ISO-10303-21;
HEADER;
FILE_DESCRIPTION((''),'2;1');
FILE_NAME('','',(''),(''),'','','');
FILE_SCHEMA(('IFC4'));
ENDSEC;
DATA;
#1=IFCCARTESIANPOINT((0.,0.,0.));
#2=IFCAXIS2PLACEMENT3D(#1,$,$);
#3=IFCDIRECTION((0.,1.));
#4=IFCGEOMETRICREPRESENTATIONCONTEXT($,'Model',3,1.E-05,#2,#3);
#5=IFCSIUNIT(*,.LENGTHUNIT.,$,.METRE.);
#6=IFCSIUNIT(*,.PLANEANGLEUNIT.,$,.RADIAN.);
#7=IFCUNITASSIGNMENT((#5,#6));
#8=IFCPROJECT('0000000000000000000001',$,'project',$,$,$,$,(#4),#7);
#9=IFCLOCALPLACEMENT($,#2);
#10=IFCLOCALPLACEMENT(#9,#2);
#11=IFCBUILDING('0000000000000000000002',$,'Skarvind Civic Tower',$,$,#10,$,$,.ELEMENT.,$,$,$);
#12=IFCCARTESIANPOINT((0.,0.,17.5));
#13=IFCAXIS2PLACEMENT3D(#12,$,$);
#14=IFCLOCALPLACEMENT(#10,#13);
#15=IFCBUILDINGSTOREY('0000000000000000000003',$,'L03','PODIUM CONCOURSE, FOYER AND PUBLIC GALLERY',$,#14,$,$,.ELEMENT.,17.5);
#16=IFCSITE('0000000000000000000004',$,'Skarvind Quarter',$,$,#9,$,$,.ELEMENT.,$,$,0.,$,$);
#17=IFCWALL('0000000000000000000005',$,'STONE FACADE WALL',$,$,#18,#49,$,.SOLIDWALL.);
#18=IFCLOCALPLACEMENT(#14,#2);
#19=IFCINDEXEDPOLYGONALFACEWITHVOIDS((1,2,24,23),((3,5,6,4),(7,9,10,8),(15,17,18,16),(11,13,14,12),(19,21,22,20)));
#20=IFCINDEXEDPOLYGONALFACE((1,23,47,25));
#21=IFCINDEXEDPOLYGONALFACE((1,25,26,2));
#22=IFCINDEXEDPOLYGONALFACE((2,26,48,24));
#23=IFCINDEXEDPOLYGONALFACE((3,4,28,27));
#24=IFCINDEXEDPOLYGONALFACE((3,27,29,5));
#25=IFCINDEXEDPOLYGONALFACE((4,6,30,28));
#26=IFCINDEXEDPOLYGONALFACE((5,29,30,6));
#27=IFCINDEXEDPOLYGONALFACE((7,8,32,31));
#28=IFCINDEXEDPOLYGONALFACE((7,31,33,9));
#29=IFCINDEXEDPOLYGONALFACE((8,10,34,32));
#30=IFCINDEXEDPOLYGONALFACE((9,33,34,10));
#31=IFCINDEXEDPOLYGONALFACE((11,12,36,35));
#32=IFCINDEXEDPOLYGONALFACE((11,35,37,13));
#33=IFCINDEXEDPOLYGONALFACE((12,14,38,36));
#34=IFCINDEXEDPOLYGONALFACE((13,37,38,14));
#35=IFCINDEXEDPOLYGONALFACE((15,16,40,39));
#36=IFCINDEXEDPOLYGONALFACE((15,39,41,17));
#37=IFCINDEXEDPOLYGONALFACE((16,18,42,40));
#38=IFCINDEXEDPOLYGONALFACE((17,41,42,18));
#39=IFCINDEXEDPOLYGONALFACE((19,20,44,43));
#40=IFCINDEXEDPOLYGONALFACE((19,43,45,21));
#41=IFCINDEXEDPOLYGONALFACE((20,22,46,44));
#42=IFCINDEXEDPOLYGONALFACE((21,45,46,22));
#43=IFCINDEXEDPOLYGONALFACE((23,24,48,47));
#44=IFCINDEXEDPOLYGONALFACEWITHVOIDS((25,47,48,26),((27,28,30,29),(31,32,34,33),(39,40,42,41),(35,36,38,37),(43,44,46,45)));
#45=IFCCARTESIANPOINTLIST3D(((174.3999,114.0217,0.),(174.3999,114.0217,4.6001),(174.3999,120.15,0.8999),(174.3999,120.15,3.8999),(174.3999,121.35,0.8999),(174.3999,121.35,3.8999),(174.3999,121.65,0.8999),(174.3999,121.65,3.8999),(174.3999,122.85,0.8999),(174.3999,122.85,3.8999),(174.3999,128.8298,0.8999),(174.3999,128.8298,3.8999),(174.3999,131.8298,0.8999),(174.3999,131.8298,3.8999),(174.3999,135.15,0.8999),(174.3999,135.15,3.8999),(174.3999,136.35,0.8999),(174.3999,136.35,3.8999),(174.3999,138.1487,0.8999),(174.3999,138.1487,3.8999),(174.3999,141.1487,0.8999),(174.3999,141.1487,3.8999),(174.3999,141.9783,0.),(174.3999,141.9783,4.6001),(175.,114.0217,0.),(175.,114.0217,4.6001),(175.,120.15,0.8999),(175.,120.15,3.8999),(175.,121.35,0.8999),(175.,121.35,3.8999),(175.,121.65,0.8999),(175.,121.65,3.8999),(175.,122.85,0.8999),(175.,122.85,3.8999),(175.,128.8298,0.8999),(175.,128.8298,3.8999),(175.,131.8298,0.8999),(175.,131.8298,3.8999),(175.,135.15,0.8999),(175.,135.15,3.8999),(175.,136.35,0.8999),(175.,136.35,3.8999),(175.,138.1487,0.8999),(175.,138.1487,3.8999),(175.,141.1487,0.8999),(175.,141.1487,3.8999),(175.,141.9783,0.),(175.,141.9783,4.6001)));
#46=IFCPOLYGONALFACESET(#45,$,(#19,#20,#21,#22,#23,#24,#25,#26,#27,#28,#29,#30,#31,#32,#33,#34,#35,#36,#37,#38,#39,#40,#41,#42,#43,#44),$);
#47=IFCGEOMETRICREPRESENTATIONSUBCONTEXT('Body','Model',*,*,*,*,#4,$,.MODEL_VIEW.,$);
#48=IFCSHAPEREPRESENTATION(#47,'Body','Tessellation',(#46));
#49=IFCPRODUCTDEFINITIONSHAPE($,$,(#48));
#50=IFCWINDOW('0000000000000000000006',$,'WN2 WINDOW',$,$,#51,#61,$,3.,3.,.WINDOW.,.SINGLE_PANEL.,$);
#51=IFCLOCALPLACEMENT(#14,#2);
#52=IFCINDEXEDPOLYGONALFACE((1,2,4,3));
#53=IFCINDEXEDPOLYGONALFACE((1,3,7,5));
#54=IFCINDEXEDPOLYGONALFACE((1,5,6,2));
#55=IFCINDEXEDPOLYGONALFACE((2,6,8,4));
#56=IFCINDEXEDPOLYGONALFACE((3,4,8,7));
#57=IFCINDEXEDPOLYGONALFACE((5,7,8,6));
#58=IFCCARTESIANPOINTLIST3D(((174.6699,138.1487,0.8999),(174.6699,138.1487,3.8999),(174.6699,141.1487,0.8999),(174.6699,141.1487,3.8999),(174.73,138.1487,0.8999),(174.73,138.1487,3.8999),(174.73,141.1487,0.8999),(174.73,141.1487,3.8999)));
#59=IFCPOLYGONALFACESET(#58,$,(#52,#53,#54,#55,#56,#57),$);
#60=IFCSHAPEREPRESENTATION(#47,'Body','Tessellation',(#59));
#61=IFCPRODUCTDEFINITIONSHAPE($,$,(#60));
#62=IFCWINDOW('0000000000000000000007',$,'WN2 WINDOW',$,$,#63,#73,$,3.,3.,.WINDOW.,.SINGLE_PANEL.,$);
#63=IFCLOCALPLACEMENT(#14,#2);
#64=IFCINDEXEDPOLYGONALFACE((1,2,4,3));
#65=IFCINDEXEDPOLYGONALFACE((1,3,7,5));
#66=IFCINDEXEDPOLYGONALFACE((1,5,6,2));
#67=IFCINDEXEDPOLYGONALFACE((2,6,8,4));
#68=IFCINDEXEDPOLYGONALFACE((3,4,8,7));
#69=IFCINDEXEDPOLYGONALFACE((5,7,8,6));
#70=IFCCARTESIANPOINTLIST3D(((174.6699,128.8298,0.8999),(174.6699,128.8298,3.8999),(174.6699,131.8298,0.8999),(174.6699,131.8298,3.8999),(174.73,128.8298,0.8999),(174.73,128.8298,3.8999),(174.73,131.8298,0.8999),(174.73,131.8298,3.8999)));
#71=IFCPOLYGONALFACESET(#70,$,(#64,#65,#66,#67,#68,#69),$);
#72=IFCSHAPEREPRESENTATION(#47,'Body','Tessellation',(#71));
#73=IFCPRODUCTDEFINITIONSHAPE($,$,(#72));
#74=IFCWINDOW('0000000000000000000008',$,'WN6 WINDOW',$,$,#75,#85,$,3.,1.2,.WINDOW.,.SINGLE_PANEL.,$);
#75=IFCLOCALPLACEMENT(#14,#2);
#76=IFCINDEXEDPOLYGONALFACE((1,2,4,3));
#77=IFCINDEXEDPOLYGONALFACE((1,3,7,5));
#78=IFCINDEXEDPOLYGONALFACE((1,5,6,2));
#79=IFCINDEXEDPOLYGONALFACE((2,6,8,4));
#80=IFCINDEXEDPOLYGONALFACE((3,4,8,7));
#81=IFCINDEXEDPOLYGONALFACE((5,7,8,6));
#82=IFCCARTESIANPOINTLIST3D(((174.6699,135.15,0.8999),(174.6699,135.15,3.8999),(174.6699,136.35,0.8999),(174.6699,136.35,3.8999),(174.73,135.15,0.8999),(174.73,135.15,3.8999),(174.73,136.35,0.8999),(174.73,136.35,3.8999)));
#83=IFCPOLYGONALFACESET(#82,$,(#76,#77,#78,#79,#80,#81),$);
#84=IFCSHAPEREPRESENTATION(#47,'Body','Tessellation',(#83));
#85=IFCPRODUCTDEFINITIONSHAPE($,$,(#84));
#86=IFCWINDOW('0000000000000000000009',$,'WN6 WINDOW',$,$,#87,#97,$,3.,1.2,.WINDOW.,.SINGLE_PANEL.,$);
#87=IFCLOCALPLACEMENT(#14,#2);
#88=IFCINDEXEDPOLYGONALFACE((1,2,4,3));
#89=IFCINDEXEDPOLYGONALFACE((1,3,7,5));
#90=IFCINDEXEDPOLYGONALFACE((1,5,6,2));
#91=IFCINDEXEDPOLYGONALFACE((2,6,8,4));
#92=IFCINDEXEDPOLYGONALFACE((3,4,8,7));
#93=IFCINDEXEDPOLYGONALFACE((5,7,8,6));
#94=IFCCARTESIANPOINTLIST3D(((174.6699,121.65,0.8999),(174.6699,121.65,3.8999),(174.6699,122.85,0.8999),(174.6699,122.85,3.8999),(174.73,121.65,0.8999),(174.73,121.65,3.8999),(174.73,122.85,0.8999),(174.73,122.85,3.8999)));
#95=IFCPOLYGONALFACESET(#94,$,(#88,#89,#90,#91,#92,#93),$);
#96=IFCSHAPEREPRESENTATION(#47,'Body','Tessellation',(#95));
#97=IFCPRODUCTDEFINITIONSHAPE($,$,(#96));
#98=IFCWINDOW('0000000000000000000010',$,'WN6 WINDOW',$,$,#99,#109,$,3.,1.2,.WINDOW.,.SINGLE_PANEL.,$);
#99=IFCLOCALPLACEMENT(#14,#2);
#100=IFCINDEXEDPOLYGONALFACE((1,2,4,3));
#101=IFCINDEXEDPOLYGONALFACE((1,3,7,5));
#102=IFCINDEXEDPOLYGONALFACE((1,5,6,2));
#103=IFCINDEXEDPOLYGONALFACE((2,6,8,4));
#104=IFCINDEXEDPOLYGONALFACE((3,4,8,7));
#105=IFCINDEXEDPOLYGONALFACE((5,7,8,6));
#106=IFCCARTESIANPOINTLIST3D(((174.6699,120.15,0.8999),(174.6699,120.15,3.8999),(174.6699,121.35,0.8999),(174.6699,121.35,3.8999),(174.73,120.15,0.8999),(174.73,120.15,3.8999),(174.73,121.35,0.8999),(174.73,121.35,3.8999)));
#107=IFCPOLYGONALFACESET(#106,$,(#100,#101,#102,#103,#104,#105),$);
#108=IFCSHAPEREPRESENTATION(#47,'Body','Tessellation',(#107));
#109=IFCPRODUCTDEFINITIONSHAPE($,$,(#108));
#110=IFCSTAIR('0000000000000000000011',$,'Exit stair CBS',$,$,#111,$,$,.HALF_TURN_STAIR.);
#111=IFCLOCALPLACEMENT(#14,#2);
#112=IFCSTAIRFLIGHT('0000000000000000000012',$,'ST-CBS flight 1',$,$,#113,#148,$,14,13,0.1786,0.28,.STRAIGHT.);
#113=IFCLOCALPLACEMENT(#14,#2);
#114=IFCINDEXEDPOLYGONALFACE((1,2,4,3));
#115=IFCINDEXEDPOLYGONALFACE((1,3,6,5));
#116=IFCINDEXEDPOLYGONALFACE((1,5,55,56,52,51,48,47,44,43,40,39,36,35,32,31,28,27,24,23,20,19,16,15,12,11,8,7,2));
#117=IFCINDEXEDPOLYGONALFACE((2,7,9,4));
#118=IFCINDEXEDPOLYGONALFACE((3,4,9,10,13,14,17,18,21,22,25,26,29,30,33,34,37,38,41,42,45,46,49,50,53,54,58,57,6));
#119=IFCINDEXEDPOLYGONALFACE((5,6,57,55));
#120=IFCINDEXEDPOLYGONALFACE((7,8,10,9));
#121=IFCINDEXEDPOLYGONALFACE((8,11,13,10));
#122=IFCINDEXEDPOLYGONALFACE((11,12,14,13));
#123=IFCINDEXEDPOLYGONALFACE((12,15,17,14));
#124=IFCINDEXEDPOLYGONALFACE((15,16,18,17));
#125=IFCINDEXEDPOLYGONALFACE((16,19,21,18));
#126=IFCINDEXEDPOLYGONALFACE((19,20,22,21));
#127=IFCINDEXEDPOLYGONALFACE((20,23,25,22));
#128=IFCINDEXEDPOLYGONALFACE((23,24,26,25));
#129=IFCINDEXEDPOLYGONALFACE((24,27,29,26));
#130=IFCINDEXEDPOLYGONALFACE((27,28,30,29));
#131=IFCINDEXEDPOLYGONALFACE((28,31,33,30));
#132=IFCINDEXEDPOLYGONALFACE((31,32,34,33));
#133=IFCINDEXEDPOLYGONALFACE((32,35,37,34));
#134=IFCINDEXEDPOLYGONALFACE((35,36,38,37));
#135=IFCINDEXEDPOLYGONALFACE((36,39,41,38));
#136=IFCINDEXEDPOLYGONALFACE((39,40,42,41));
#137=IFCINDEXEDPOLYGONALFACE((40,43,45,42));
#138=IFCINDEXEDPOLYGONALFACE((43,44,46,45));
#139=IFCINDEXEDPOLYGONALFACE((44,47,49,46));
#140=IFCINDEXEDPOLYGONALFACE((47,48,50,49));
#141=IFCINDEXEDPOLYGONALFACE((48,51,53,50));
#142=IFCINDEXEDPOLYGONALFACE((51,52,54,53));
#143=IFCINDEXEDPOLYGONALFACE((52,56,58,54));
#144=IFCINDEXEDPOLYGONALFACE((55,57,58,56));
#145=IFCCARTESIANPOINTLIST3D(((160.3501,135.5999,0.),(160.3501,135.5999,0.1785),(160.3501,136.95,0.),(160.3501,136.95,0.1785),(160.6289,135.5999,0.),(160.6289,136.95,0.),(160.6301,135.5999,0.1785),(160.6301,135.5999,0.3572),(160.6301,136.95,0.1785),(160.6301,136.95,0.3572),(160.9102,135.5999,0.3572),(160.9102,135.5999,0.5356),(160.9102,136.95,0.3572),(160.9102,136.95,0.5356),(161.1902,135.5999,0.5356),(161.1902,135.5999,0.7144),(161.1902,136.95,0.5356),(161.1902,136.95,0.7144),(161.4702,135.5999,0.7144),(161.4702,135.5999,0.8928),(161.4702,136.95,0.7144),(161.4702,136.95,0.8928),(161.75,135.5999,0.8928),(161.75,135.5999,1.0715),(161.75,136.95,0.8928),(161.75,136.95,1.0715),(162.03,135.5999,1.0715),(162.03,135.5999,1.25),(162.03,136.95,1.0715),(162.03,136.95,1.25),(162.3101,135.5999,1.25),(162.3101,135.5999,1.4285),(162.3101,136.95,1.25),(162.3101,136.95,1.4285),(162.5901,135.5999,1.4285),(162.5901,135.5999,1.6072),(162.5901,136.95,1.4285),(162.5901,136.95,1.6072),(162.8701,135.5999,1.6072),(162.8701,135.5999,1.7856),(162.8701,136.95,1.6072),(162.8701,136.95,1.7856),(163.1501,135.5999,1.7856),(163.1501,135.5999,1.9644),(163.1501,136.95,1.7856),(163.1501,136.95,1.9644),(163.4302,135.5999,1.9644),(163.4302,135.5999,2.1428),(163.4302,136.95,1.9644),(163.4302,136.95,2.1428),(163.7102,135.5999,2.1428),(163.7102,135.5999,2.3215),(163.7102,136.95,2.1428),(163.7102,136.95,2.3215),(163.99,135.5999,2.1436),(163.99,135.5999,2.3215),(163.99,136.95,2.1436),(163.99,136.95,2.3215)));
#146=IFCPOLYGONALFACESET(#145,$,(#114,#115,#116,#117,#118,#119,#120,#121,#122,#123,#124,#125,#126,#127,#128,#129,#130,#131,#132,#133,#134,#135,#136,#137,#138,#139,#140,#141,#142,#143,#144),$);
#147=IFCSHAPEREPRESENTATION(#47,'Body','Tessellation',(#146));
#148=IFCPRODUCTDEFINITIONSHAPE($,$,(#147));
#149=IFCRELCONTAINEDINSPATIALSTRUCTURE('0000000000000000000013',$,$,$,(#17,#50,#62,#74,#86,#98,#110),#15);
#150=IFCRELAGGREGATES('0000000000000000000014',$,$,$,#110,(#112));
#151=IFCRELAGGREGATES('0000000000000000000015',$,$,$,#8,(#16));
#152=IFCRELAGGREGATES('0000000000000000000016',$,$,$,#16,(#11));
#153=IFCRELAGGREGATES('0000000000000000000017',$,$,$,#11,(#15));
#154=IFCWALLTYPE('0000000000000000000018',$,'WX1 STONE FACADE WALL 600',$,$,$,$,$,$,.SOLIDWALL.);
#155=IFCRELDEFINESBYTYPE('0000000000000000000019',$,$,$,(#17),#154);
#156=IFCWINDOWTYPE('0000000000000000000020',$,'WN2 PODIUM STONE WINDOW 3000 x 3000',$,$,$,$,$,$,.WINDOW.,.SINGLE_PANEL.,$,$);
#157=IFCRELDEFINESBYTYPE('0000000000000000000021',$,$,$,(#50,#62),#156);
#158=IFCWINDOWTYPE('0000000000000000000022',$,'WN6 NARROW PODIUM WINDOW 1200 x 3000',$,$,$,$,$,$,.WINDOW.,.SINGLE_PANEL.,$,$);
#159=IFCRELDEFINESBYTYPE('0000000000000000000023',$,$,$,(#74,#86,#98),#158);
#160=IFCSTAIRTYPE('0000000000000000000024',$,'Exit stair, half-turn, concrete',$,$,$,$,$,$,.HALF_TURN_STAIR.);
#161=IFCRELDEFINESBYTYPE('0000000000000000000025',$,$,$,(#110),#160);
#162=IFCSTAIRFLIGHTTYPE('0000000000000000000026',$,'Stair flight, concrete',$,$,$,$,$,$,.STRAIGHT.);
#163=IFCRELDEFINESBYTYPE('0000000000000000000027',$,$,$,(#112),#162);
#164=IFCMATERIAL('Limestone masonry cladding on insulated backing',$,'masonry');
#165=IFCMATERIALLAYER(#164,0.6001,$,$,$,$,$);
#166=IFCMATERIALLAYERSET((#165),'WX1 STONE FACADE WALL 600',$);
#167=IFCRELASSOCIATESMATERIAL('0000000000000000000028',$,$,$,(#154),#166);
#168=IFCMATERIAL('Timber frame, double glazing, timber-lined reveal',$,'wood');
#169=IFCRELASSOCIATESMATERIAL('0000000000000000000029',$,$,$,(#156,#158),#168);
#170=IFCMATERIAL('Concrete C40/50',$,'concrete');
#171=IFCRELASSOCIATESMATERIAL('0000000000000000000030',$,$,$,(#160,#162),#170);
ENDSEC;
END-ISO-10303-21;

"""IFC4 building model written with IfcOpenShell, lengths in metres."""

from ifc_helpers import new_model, si_unit, direction, frame, frame_2d, origin, place, context, subcontext, project, spatial, polyline, rectangle, outline, extrude, material, layer, layer_set, type_object, element, fill, aggregate, save


model = new_model("IFC4")

# Units and contexts
model_context = context("Model", 3, precision=1e-05, world=origin(), true_north=direction((0.0, 1.0)))
body_context = subcontext(model_context, "Body", "Model", "MODEL_VIEW")
ifc_project = project(units=[si_unit("LENGTHUNIT", "METRE"), si_unit("PLANEANGLEUNIT", "RADIAN")], contexts=[model_context])

# Site, building, storey
site_placement = place(None, origin())
site = spatial("IfcSite", under=ifc_project, at=site_placement, Name="Skarvind Quarter", CompositionType="ELEMENT", RefElevation=0.0)
building_placement = place(site_placement, origin())
building = spatial("IfcBuilding", under=site, at=building_placement, Name="Skarvind Civic Tower", CompositionType="ELEMENT")
storey_placement = place(building_placement, frame((0.0, 0.0, 17.5)))
storey = spatial("IfcBuildingStorey", under=building, at=storey_placement, Name="L03", Description="PODIUM CONCOURSE, FOYER AND PUBLIC GALLERY", CompositionType="ELEMENT", Elevation=17.5)

# Wall, openings, windows
ifc_material_1 = material(Name="Limestone masonry cladding on insulated backing", Category="masonry")
ifc_layer_1 = layer(ifc_material_1, 0.6001)
ifc_layer_set_1 = layer_set([ifc_layer_1], Name="WX1 STONE FACADE WALL 600")
wall_type_1 = type_object("IfcWallType", Name="WX1 STONE FACADE WALL 600", PredefinedType="SOLIDWALL", material=ifc_layer_set_1)
wall_1_placement = place(storey_placement, frame((174.7, 141.9783, 0.0), z_axis=(0.0, 0.0, 1.0), x_axis=(0.0, -1.0, 0.0)))
wall_1 = element("IfcWall", 1, at=wall_1_placement, inside=storey, type_object=wall_type_1, Name="STONE FACADE WALL", PredefinedType="SOLIDWALL", context=body_context, shape_type="SweptSolid", body=[
    extrude(rectangle(XDim=27.9565, YDim=0.6001, at=frame_2d((13.9783, 0.0))), origin(), (0.0, 0.0, 1.0), 4.6001),
])
opening_1_placement = place(wall_1_placement, frame((0.8296, 0.0, 0.8999)))
opening_1 = element("IfcOpeningElement", 2, at=opening_1_placement, cuts=wall_1, PredefinedType="OPENING", context=body_context, shape_type="SweptSolid", body=[
    extrude(rectangle(XDim=3.0, YDim=3.0, at=frame_2d((1.5, 1.5))), frame((0.0, 0.3101, 0.0), z_axis=(0.0, -1.0, 0.0), x_axis=(1.0, 0.0, 0.0)), (0.0, 0.0, 1.0), 0.6201),
])
opening_2_placement = place(wall_1_placement, frame((5.6282, 0.0, 0.8999)))
opening_2 = element("IfcOpeningElement", 3, at=opening_2_placement, cuts=wall_1, PredefinedType="OPENING", context=body_context, shape_type="SweptSolid", body=[
    extrude(rectangle(XDim=1.2, YDim=3.0, at=frame_2d((0.6001, 1.5))), frame((0.0, 0.3101, 0.0), z_axis=(0.0, -1.0, 0.0), x_axis=(1.0, 0.0, 0.0)), (0.0, 0.0, 1.0), 0.6201),
])
opening_3_placement = place(wall_1_placement, frame((10.1484, 0.0, 0.8999)))
opening_3 = element("IfcOpeningElement", 4, at=opening_3_placement, cuts=wall_1, PredefinedType="OPENING", context=body_context, shape_type="SweptSolid", body=[
    extrude(rectangle(XDim=3.0, YDim=3.0, at=frame_2d((1.5, 1.5))), frame((0.0, 0.3101, 0.0), z_axis=(0.0, -1.0, 0.0), x_axis=(1.0, 0.0, 0.0)), (0.0, 0.0, 1.0), 0.6201),
])
opening_4_placement = place(wall_1_placement, frame((19.1282, 0.0, 0.8999)))
opening_4 = element("IfcOpeningElement", 5, at=opening_4_placement, cuts=wall_1, PredefinedType="OPENING", context=body_context, shape_type="SweptSolid", body=[
    extrude(rectangle(XDim=1.2, YDim=3.0, at=frame_2d((0.6001, 1.5))), frame((0.0, 0.3101, 0.0), z_axis=(0.0, -1.0, 0.0), x_axis=(1.0, 0.0, 0.0)), (0.0, 0.0, 1.0), 0.6201),
])
opening_5_placement = place(wall_1_placement, frame((20.6282, 0.0, 0.8999)))
opening_5 = element("IfcOpeningElement", 6, at=opening_5_placement, cuts=wall_1, PredefinedType="OPENING", context=body_context, shape_type="SweptSolid", body=[
    extrude(rectangle(XDim=1.2, YDim=3.0, at=frame_2d((0.6001, 1.5))), frame((0.0, 0.3101, 0.0), z_axis=(0.0, -1.0, 0.0), x_axis=(1.0, 0.0, 0.0)), (0.0, 0.0, 1.0), 0.6201),
])
ifc_material_2 = material(Name="Timber frame, double glazing, timber-lined reveal", Category="wood")
window_type_1 = type_object("IfcWindowType", Name="WN2 PODIUM STONE WINDOW 3000 x 3000", PartitioningType="SINGLE_PANEL", PredefinedType="WINDOW", material=ifc_material_2)
window_1_placement = place(opening_1_placement, origin())
window_1 = element("IfcWindow", 7, at=window_1_placement, inside=storey, type_object=window_type_1, Name="WN2 WINDOW", OverallHeight=3.0, OverallWidth=3.0, PartitioningType="SINGLE_PANEL", PredefinedType="WINDOW", context=body_context, shape_type="SweptSolid", body=[
    extrude(rectangle(XDim=3.0, YDim=3.0, at=frame_2d((1.5, 1.5))), frame((0.0, 0.03, 0.0), z_axis=(0.0, -1.0, 0.0), x_axis=(1.0, 0.0, 0.0)), (0.0, 0.0, 1.0), 0.0601),
])
fill(opening_1, window_1)
window_2_placement = place(opening_3_placement, origin())
window_2 = element("IfcWindow", 8, at=window_2_placement, inside=storey, type_object=window_type_1, Name="WN2 WINDOW", OverallHeight=3.0, OverallWidth=3.0, PartitioningType="SINGLE_PANEL", PredefinedType="WINDOW", context=body_context, shape_type="SweptSolid", body=[
    extrude(rectangle(XDim=3.0, YDim=3.0, at=frame_2d((1.5, 1.5))), frame((0.0, 0.03, 0.0), z_axis=(0.0, -1.0, 0.0), x_axis=(1.0, 0.0, 0.0)), (0.0, 0.0, 1.0), 0.0601),
])
fill(opening_3, window_2)
window_type_2 = type_object("IfcWindowType", Name="WN6 NARROW PODIUM WINDOW 1200 x 3000", PartitioningType="SINGLE_PANEL", PredefinedType="WINDOW", material=ifc_material_2)
window_3_placement = place(opening_2_placement, origin())
window_3 = element("IfcWindow", 9, at=window_3_placement, inside=storey, type_object=window_type_2, Name="WN6 WINDOW", OverallHeight=3.0, OverallWidth=1.2, PartitioningType="SINGLE_PANEL", PredefinedType="WINDOW", context=body_context, shape_type="SweptSolid", body=[
    extrude(rectangle(XDim=1.2, YDim=3.0, at=frame_2d((0.6001, 1.5))), frame((0.0, 0.03, 0.0), z_axis=(0.0, -1.0, 0.0), x_axis=(1.0, 0.0, 0.0)), (0.0, 0.0, 1.0), 0.0601),
])
fill(opening_2, window_3)
window_4_placement = place(opening_4_placement, origin())
window_4 = element("IfcWindow", 10, at=window_4_placement, inside=storey, type_object=window_type_2, Name="WN6 WINDOW", OverallHeight=3.0, OverallWidth=1.2, PartitioningType="SINGLE_PANEL", PredefinedType="WINDOW", context=body_context, shape_type="SweptSolid", body=[
    extrude(rectangle(XDim=1.2, YDim=3.0, at=frame_2d((0.6001, 1.5))), frame((0.0, 0.03, 0.0), z_axis=(0.0, -1.0, 0.0), x_axis=(1.0, 0.0, 0.0)), (0.0, 0.0, 1.0), 0.0601),
])
fill(opening_4, window_4)
window_5_placement = place(opening_5_placement, origin())
window_5 = element("IfcWindow", 11, at=window_5_placement, inside=storey, type_object=window_type_2, Name="WN6 WINDOW", OverallHeight=3.0, OverallWidth=1.2, PartitioningType="SINGLE_PANEL", PredefinedType="WINDOW", context=body_context, shape_type="SweptSolid", body=[
    extrude(rectangle(XDim=1.2, YDim=3.0, at=frame_2d((0.6001, 1.5))), frame((0.0, 0.03, 0.0), z_axis=(0.0, -1.0, 0.0), x_axis=(1.0, 0.0, 0.0)), (0.0, 0.0, 1.0), 0.0601),
])
fill(opening_5, window_5)

# Stair, stair flight
ifc_material_3 = material(Name="Concrete C40/50", Category="concrete")
stair_type = type_object("IfcStairType", Name="Exit stair, half-turn, concrete", PredefinedType="HALF_TURN_STAIR", material=ifc_material_3)
stair_placement = place(storey_placement, origin())
stair = element("IfcStair", 12, at=stair_placement, inside=storey, type_object=stair_type, Name="Exit stair CBS", PredefinedType="HALF_TURN_STAIR")
stair_flight_type = type_object("IfcStairFlightType", Name="Stair flight, concrete", PredefinedType="STRAIGHT", material=ifc_material_3)
stair_flight_1_placement = place(storey_placement, frame((160.3501, 136.2749, 0.0), z_axis=(0.0, 0.0, 1.0), x_axis=(1.0, 0.0, 0.0)))
stair_flight_1 = element("IfcStairFlight", 13, at=stair_flight_1_placement, type_object=stair_flight_type, Name="ST-CBS flight 1", NumberOfRisers=14, NumberOfTreads=13, PredefinedType="STRAIGHT", RiserHeight=0.1786, TreadLength=0.28, context=body_context, shape_type="SweptSolid", body=[
    extrude(outline(polyline([(0.0, 0.0), (0.0, 0.1785), (0.28, 0.1785), (0.28, 0.3572), (0.5601, 0.3572), (0.5601, 0.5356), (0.8401, 0.5356), (0.8401, 0.7144), (1.1201, 0.7144), (1.1201, 0.8928), (1.3999, 0.8928), (1.3999, 1.0715), (1.6799, 1.0715), (1.6799, 1.25), (1.96, 1.25), (1.96, 1.4285), (2.24, 1.4285), (2.24, 1.6072), (2.52, 1.6072), (2.52, 1.7856), (2.8, 1.7856), (2.8, 1.9644), (3.0801, 1.9644), (3.0801, 2.1428), (3.3601, 2.1428), (3.3601, 2.3215), (3.6399, 2.3215), (3.6399, 2.5), (3.6399, 2.1436), (0.2788, 0.0), (0.0, 0.0)])), frame((0.0, 0.675, 0.0), z_axis=(0.0, -1.0, 0.0), x_axis=(1.0, 0.0, 0.0)), (0.0, 0.0, 1.0), 1.3501),
])
aggregate(stair, [stair_flight_1])

save(model, "model.ifc")
